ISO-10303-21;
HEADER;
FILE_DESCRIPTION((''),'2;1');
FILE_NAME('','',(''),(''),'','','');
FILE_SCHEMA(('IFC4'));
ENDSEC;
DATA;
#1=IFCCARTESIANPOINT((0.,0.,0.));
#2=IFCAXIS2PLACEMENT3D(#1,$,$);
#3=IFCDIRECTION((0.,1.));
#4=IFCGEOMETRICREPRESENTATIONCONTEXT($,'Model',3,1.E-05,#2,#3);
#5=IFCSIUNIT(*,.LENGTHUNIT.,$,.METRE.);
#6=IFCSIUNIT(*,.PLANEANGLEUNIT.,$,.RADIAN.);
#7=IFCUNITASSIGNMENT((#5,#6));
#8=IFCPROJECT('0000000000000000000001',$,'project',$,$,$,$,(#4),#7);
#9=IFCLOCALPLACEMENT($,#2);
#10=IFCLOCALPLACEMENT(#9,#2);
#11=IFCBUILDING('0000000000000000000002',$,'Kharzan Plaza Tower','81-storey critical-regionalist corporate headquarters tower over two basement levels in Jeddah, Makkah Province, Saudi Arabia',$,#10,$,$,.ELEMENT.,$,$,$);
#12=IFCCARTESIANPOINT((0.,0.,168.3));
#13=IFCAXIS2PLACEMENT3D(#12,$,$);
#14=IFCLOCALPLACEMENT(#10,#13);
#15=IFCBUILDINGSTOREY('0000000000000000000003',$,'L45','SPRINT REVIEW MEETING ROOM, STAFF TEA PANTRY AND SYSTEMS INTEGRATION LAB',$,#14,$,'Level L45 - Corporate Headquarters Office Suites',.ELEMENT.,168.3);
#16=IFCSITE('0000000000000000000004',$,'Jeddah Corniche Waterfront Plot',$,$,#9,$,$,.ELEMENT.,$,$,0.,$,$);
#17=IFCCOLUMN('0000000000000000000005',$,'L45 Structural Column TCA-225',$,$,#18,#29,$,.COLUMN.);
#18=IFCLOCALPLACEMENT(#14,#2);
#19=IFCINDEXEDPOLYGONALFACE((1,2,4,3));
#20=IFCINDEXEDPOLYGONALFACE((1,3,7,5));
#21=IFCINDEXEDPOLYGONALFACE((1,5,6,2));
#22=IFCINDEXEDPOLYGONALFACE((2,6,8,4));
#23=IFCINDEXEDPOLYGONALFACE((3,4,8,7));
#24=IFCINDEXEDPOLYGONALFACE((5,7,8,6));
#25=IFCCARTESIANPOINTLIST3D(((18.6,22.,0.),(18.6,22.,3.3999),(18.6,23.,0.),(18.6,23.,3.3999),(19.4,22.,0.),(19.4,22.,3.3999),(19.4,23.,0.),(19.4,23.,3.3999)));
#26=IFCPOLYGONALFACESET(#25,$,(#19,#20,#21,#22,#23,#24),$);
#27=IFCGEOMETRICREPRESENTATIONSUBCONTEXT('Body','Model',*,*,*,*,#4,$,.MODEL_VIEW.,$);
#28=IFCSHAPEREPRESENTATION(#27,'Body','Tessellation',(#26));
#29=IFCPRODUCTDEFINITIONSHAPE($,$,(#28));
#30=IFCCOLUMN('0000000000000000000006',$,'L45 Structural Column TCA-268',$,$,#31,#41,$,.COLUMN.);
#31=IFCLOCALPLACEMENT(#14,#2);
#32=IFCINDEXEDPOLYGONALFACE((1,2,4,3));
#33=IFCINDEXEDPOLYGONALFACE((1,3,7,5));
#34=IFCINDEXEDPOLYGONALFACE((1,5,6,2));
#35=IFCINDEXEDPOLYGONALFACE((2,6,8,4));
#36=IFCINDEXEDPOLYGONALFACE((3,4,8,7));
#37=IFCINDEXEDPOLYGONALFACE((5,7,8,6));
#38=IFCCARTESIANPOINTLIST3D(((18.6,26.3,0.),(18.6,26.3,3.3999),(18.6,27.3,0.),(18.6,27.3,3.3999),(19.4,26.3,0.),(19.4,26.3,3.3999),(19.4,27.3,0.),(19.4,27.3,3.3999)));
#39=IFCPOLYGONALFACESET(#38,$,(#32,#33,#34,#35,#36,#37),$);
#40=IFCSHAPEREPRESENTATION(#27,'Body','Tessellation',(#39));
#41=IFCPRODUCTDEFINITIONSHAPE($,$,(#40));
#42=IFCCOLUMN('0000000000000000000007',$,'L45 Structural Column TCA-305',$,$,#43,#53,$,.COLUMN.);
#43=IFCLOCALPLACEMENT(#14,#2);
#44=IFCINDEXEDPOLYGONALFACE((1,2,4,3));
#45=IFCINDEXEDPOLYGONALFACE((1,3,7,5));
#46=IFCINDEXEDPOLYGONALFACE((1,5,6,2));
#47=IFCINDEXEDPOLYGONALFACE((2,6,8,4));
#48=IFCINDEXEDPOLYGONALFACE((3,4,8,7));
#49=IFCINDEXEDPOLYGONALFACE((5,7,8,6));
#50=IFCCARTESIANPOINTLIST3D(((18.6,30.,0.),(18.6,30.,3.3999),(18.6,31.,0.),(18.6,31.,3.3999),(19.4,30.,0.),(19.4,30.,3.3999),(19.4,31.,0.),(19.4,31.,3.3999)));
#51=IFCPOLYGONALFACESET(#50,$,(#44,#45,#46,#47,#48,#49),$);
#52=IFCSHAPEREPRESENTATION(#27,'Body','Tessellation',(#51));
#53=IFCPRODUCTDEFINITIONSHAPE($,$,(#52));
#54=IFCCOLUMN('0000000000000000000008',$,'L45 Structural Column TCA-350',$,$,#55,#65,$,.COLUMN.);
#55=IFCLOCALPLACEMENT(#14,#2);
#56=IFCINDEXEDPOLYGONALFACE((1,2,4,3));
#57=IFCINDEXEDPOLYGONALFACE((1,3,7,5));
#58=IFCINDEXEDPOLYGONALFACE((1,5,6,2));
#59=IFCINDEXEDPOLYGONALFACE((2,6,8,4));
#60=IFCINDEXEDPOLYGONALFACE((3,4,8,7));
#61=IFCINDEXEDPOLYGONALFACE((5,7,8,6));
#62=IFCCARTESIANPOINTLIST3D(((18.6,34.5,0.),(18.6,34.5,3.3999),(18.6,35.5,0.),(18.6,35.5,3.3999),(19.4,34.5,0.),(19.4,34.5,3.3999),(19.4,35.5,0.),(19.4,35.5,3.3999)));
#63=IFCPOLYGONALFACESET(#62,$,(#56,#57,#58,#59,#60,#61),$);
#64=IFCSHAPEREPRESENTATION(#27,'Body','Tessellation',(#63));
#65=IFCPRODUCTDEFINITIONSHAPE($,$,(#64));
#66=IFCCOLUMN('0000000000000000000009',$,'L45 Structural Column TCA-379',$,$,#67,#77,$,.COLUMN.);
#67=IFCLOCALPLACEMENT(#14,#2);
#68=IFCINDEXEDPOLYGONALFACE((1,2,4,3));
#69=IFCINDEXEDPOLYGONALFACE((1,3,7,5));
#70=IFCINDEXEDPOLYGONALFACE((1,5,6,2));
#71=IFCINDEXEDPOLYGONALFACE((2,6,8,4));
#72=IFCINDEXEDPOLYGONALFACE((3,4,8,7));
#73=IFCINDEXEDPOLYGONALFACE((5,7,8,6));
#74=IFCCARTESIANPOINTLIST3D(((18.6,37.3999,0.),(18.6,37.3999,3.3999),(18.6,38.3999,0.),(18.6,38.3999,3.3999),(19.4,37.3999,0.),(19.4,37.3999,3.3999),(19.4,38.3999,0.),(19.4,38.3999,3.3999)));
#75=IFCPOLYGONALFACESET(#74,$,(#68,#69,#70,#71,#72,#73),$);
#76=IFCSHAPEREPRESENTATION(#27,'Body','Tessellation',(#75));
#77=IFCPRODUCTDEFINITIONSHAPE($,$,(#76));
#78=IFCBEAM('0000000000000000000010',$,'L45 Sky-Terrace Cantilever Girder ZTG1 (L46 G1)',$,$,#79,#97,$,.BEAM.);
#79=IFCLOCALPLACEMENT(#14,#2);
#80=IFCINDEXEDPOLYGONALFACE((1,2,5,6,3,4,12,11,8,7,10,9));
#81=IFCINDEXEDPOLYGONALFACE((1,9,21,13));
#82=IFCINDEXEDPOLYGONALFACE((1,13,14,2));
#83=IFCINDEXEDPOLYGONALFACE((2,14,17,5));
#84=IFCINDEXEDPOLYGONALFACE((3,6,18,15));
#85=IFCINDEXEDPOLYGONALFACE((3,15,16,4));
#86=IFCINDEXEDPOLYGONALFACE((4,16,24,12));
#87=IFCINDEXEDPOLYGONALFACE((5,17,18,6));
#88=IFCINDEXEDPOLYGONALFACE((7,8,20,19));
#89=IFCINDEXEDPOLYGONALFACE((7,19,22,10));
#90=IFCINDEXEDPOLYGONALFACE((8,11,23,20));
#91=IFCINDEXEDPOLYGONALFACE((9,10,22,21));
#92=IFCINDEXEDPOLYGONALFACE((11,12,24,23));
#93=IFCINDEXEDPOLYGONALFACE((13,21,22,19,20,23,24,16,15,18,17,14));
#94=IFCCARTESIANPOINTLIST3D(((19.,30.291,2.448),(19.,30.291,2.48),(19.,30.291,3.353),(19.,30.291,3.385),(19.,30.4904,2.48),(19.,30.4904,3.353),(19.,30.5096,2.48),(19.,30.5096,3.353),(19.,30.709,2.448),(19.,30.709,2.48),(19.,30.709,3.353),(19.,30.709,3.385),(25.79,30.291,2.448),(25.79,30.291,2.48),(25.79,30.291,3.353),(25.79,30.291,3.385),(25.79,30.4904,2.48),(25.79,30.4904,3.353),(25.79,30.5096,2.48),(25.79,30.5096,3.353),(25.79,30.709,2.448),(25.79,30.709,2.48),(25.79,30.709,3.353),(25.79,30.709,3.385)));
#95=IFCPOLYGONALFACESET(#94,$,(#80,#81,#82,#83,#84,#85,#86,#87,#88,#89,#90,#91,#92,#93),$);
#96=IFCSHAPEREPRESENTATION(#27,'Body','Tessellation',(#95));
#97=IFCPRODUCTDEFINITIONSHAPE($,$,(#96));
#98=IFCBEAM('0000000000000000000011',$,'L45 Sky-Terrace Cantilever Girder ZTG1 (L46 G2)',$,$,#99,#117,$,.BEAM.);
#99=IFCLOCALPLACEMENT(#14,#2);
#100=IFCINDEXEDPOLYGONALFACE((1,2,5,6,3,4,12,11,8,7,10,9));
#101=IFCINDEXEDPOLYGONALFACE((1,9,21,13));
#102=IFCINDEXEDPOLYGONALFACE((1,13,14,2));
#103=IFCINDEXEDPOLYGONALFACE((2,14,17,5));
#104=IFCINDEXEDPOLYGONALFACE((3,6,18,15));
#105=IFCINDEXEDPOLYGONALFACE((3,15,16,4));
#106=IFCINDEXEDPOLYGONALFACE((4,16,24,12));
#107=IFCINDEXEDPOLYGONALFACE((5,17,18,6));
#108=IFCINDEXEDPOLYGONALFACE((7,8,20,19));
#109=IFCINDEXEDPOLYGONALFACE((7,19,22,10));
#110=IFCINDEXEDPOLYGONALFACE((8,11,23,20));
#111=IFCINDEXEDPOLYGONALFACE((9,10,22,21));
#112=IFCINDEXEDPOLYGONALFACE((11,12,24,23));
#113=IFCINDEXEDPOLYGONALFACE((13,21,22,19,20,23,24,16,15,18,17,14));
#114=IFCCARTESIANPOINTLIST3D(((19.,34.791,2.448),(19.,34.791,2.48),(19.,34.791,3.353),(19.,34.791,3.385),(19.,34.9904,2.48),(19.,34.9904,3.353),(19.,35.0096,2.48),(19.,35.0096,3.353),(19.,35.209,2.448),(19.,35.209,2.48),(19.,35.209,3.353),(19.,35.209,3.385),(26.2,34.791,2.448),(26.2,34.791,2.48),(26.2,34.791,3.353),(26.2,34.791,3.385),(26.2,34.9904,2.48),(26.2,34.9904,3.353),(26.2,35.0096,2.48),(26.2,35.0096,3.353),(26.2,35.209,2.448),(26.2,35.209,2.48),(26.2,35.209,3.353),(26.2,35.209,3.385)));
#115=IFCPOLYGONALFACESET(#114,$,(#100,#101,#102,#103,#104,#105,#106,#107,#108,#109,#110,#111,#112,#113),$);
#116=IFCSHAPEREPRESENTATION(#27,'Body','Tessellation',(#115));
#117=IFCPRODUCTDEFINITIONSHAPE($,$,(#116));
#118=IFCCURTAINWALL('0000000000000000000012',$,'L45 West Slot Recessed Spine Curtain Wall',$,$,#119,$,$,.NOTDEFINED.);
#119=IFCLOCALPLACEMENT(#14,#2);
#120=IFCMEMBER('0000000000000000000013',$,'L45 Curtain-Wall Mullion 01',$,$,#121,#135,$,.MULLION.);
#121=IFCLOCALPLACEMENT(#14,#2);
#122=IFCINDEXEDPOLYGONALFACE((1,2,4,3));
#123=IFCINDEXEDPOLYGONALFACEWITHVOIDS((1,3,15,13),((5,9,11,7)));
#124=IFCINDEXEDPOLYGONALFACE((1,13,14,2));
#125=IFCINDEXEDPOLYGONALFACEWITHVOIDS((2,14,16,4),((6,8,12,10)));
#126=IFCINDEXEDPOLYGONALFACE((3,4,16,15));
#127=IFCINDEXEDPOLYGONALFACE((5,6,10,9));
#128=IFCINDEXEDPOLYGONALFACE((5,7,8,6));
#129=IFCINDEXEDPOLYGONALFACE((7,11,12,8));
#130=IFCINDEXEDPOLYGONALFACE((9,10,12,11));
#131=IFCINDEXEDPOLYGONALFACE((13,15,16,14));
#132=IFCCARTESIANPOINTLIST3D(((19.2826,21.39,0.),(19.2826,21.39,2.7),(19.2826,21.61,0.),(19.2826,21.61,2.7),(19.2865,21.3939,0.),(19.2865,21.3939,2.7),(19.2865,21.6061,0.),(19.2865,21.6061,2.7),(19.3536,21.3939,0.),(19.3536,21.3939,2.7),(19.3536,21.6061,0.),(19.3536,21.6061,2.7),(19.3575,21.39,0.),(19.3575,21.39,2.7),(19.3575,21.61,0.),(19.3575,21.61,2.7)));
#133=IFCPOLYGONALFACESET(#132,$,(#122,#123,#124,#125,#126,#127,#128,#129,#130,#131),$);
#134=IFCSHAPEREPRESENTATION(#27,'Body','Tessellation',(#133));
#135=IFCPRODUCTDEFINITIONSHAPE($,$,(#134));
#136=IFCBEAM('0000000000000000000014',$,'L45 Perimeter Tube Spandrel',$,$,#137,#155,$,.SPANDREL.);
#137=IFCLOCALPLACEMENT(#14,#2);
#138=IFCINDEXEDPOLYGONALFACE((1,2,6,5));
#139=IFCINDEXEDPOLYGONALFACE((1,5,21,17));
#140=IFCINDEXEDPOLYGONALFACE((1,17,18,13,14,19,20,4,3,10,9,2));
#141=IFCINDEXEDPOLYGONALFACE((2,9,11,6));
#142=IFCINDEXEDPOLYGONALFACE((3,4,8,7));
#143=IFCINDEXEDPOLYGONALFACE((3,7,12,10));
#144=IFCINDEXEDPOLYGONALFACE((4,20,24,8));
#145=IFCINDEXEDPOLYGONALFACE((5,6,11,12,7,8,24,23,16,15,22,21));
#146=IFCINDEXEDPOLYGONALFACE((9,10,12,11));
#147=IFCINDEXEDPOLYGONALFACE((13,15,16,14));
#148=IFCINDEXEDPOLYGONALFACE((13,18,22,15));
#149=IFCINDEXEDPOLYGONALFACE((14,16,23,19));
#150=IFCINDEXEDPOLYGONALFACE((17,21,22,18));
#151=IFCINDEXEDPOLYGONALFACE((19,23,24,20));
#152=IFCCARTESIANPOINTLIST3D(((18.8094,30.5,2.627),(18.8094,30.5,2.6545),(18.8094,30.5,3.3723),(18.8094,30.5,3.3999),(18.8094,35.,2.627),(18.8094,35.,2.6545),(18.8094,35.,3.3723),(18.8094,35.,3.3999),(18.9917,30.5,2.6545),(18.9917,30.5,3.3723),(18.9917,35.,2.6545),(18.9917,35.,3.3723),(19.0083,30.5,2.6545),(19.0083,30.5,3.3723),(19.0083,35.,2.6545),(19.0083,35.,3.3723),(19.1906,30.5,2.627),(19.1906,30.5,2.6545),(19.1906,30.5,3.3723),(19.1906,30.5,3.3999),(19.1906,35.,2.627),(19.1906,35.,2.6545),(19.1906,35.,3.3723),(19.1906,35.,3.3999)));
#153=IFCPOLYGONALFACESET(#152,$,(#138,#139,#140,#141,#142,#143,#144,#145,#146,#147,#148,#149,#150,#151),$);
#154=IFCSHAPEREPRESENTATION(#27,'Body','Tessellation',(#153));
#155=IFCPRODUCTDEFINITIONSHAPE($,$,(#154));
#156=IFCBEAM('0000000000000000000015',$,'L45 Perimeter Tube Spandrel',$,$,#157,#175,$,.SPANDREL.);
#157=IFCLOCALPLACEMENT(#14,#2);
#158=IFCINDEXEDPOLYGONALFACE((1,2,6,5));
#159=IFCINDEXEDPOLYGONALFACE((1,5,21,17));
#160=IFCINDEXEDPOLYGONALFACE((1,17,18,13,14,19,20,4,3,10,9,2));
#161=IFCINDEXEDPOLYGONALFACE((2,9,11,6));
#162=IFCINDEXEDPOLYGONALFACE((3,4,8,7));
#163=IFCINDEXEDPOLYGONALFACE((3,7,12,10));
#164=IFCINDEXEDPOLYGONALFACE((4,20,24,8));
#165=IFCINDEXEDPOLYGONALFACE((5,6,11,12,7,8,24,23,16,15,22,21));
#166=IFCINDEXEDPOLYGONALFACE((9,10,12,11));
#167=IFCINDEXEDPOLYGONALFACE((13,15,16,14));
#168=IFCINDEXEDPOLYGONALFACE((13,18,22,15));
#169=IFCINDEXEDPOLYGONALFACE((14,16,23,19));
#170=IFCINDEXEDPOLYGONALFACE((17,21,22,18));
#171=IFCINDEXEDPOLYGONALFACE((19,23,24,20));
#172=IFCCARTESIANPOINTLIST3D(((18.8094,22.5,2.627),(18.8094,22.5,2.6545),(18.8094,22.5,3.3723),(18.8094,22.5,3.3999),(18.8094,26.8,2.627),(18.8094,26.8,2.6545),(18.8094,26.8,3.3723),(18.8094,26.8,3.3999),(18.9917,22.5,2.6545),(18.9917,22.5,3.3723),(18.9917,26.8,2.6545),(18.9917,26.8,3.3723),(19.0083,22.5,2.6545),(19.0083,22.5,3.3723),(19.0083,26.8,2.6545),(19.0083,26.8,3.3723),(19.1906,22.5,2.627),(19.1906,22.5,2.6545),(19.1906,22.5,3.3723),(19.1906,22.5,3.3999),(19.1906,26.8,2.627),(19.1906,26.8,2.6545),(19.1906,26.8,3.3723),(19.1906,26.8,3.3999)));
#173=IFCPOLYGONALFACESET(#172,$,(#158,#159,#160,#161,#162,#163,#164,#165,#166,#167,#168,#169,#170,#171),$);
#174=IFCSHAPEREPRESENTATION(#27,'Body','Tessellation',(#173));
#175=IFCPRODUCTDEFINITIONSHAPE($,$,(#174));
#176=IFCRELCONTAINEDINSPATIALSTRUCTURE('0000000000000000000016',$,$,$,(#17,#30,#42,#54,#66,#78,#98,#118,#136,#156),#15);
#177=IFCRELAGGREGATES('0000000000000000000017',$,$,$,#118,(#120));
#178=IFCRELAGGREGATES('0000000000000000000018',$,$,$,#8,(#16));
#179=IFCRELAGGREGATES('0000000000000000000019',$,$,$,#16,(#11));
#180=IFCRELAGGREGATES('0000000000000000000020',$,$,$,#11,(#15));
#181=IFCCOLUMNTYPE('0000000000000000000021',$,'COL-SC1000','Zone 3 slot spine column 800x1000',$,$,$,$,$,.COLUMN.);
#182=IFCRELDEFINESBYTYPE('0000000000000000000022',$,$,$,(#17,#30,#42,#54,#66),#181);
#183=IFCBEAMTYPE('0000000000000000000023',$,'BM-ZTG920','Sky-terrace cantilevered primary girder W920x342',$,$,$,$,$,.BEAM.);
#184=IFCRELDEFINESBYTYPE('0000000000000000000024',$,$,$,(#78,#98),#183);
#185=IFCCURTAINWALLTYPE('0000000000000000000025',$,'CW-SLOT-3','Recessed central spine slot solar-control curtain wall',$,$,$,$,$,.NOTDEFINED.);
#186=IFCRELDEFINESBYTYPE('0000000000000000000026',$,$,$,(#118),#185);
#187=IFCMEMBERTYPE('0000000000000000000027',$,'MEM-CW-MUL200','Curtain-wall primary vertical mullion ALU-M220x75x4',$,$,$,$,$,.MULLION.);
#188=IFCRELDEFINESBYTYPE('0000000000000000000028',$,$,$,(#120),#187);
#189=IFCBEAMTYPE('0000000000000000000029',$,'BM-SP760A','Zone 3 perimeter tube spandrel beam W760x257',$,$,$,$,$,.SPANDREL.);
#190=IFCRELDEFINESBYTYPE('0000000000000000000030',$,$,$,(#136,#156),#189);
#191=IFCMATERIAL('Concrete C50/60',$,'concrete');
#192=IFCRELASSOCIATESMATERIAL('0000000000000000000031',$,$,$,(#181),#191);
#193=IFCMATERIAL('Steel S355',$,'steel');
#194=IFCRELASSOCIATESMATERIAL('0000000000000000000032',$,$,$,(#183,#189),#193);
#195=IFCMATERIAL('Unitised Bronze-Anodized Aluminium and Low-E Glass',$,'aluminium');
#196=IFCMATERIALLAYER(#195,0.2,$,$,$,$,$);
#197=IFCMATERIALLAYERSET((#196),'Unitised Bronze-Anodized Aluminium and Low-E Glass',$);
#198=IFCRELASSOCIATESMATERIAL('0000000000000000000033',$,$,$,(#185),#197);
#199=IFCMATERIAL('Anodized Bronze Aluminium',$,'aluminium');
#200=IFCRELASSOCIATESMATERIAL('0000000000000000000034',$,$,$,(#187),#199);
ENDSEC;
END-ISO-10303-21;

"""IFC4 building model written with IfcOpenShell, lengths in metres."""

from ifc_helpers import new_model, si_unit, direction, frame, origin, origin_2d, place, context, subcontext, project, spatial, rectangle, hollow_rectangle, i_section, extrude, source, transform, mapped, material, layer, layer_set, material_profile, profile_set, type_object, element, aggregate, save


model = new_model("IFC4")

# Units and contexts
model_context = context("Model", 3, precision=1e-05, world=origin(), true_north=direction((0.0, 1.0)))
body_context = subcontext(model_context, "Body", "Model", "MODEL_VIEW")
ifc_project = project(units=[si_unit("LENGTHUNIT", "METRE"), si_unit("PLANEANGLEUNIT", "RADIAN")], contexts=[model_context])

# Site, building, storey
site_placement = place(None, origin())
site = spatial("IfcSite", under=ifc_project, at=site_placement, Name="Jeddah Corniche Waterfront Plot", CompositionType="ELEMENT", RefElevation=0.0)
building_placement = place(site_placement, origin())
building = spatial("IfcBuilding", under=site, at=building_placement, Name="Kharzan Plaza Tower", Description="81-storey critical-regionalist corporate headquarters tower over two basement levels in Jeddah, Makkah Province, Saudi Arabia", CompositionType="ELEMENT")
storey_placement = place(building_placement, frame((0.0, 0.0, 168.3)))
storey = spatial("IfcBuildingStorey", under=building, at=storey_placement, Name="L45", Description="SPRINT REVIEW MEETING ROOM, STAFF TEA PANTRY AND SYSTEMS INTEGRATION LAB", LongName="Level L45 - Corporate Headquarters Office Suites", CompositionType="ELEMENT", Elevation=168.3)

# Columns
ifc_material_1 = material(Name="Concrete C50/60", Category="concrete")
ifc_material_profile_1 = material_profile(ifc_material_1, rectangle(XDim=0.8, YDim=1.0, at=origin_2d()), Name="RC-SC1000x800")
ifc_profile_set_1 = profile_set([ifc_material_profile_1], Name="Concrete C50/60")
column_type = type_object("IfcColumnType", Name="COL-SC1000", Description="Zone 3 slot spine column 800x1000", PredefinedType="COLUMN", material=ifc_profile_set_1)
shared_shape_1 = source(origin(), body_context, "Body", "SweptSolid", [
    extrude(rectangle(XDim=0.8, YDim=1.0, at=origin_2d()), origin(), (0.0, 0.0, 1.0), 3.3999),
])
for number, where, z_axis, x_axis, name in (
    (1, (19.0, 22.5, 0.0), (0.0, 0.0, 1.0), (1.0, 0.0, 0.0), "L45 Structural Column TCA-225"),
    (2, (19.0, 26.8, 0.0), (0.0, 0.0, 1.0), (1.0, 0.0, 0.0), "L45 Structural Column TCA-268"),
    (3, (19.0, 30.5, 0.0), (0.0, 0.0, 1.0), (1.0, 0.0, 0.0), "L45 Structural Column TCA-305"),
    (4, (19.0, 35.0, 0.0), (0.0, 0.0, 1.0), (1.0, 0.0, 0.0), "L45 Structural Column TCA-350"),
    (5, (19.0, 37.8999, 0.0), (0.0, 0.0, 1.0), (1.0, 0.0, 0.0), "L45 Structural Column TCA-379"),
):
    element("IfcColumn", number, at=place(storey_placement, frame(where, z_axis=z_axis, x_axis=x_axis)), inside=storey, type_object=column_type, Name=name, PredefinedType="COLUMN", context=body_context, shape_type="MappedRepresentation", body=[
        mapped(shared_shape_1, transform((0.0, 0.0, 0.0), x_axis=(1.0, 0.0, 0.0), y_axis=(0.0, 1.0, 0.0), z_axis=(0.0, 0.0, 1.0))),
    ])

# Beams
ifc_material_2 = material(Name="Steel S355", Category="steel")
ifc_material_profile_2 = material_profile(ifc_material_2, i_section(OverallWidth=0.418, OverallDepth=0.937, WebThickness=0.0193, FlangeThickness=0.032, at=origin_2d()), Name="W920x342")
ifc_profile_set_2 = profile_set([ifc_material_profile_2], Name="Steel S355")
beam_type_1 = type_object("IfcBeamType", Name="BM-ZTG920", Description="Sky-terrace cantilevered primary girder W920x342", PredefinedType="BEAM", material=ifc_profile_set_2)
shared_shape_2 = source(origin(), body_context, "Body", "SweptSolid", [
    extrude(i_section(OverallWidth=0.418, OverallDepth=0.937, WebThickness=0.0193, FlangeThickness=0.032, at=origin_2d()), origin(), (0.0, 0.0, 1.0), 6.79),
])
beam_1_placement = place(storey_placement, frame((19.0, 30.5, 2.9165), z_axis=(1.0, 0.0, 0.0), x_axis=(0.0, 1.0, 0.0)))
element("IfcBeam", 6, at=beam_1_placement, inside=storey, type_object=beam_type_1, Name="L45 Sky-Terrace Cantilever Girder ZTG1 (L46 G1)", PredefinedType="BEAM", context=body_context, shape_type="MappedRepresentation", body=[
    mapped(shared_shape_2, transform((0.0, 0.0, 0.0), x_axis=(1.0, 0.0, 0.0), y_axis=(0.0, 1.0, 0.0), z_axis=(0.0, 0.0, 1.0))),
])
shared_shape_3 = source(origin(), body_context, "Body", "SweptSolid", [
    extrude(i_section(OverallWidth=0.418, OverallDepth=0.937, WebThickness=0.0193, FlangeThickness=0.032, at=origin_2d()), origin(), (0.0, 0.0, 1.0), 7.2),
])
beam_2_placement = place(storey_placement, frame((19.0, 35.0, 2.9165), z_axis=(1.0, 0.0, 0.0), x_axis=(0.0, 1.0, 0.0)))
element("IfcBeam", 7, at=beam_2_placement, inside=storey, type_object=beam_type_1, Name="L45 Sky-Terrace Cantilever Girder ZTG1 (L46 G2)", PredefinedType="BEAM", context=body_context, shape_type="MappedRepresentation", body=[
    mapped(shared_shape_3, transform((0.0, 0.0, 0.0), x_axis=(1.0, 0.0, 0.0), y_axis=(0.0, 1.0, 0.0), z_axis=(0.0, 0.0, 1.0))),
])

# Curtain wall, member
ifc_material_3 = material(Name="Unitised Bronze-Anodized Aluminium and Low-E Glass", Category="aluminium")
ifc_layer_1 = layer(ifc_material_3, 0.2)
ifc_layer_set_1 = layer_set([ifc_layer_1], Name="Unitised Bronze-Anodized Aluminium and Low-E Glass")
curtain_wall_type = type_object("IfcCurtainWallType", Name="CW-SLOT-3", Description="Recessed central spine slot solar-control curtain wall", PredefinedType="NOTDEFINED", material=ifc_layer_set_1)
curtain_wall_placement = place(storey_placement, origin())
curtain_wall = element("IfcCurtainWall", 8, at=curtain_wall_placement, inside=storey, type_object=curtain_wall_type, Name="L45 West Slot Recessed Spine Curtain Wall", PredefinedType="NOTDEFINED")
ifc_material_4 = material(Name="Anodized Bronze Aluminium", Category="aluminium")
ifc_material_profile_3 = material_profile(ifc_material_4, hollow_rectangle(XDim=0.075, YDim=0.22, WallThickness=0.0039, at=origin_2d()), Name="ALU-M220x75x4")
ifc_profile_set_3 = profile_set([ifc_material_profile_3], Name="Anodized Bronze Aluminium")
member_type = type_object("IfcMemberType", Name="MEM-CW-MUL200", Description="Curtain-wall primary vertical mullion ALU-M220x75x4", PredefinedType="MULLION", material=ifc_profile_set_3)
shared_shape_4 = source(origin(), body_context, "Body", "SweptSolid", [
    extrude(hollow_rectangle(XDim=0.075, YDim=0.22, WallThickness=0.0039, at=origin_2d()), origin(), (0.0, 0.0, 1.0), 2.7),
])
member_placement = place(storey_placement, frame((19.3201, 21.5, 0.0), z_axis=(0.0, 0.0, 1.0), x_axis=(1.0, 0.0, 0.0)))
member = element("IfcMember", 9, at=member_placement, type_object=member_type, Name="L45 Curtain-Wall Mullion 01", PredefinedType="MULLION", context=body_context, shape_type="MappedRepresentation", body=[
    mapped(shared_shape_4, transform((0.0, 0.0, 0.0), x_axis=(1.0, 0.0, 0.0), y_axis=(0.0, 1.0, 0.0), z_axis=(0.0, 0.0, 1.0))),
])

# Beams
ifc_material_profile_4 = material_profile(ifc_material_2, i_section(OverallWidth=0.3811, OverallDepth=0.7729, WebThickness=0.0166, FlangeThickness=0.0276, at=origin_2d()), Name="W760x257")
ifc_profile_set_4 = profile_set([ifc_material_profile_4], Name="Steel S355")
beam_type_2 = type_object("IfcBeamType", Name="BM-SP760A", Description="Zone 3 perimeter tube spandrel beam W760x257", PredefinedType="SPANDREL", material=ifc_profile_set_4)
shared_shape_5 = source(origin(), body_context, "Body", "SweptSolid", [
    extrude(i_section(OverallWidth=0.3811, OverallDepth=0.7729, WebThickness=0.0166, FlangeThickness=0.0276, at=origin_2d()), origin(), (0.0, 0.0, 1.0), 4.5),
])
beam_3_placement = place(storey_placement, frame((19.0, 30.5, 3.0134), z_axis=(0.0, 1.0, 0.0), x_axis=(-1.0, 0.0, 0.0)))
element("IfcBeam", 10, at=beam_3_placement, inside=storey, type_object=beam_type_2, Name="L45 Perimeter Tube Spandrel", PredefinedType="SPANDREL", context=body_context, shape_type="MappedRepresentation", body=[
    mapped(shared_shape_5, transform((0.0, 0.0, 0.0), x_axis=(1.0, 0.0, 0.0), y_axis=(0.0, 1.0, 0.0), z_axis=(0.0, 0.0, 1.0))),
])
shared_shape_6 = source(origin(), body_context, "Body", "SweptSolid", [
    extrude(i_section(OverallWidth=0.3811, OverallDepth=0.7729, WebThickness=0.0166, FlangeThickness=0.0276, at=origin_2d()), origin(), (0.0, 0.0, 1.0), 4.3),
])
beam_4_placement = place(storey_placement, frame((19.0, 22.5, 3.0134), z_axis=(0.0, 1.0, 0.0), x_axis=(-1.0, 0.0, 0.0)))
element("IfcBeam", 11, at=beam_4_placement, inside=storey, type_object=beam_type_2, Name="L45 Perimeter Tube Spandrel", PredefinedType="SPANDREL", context=body_context, shape_type="MappedRepresentation", body=[
    mapped(shared_shape_6, transform((0.0, 0.0, 0.0), x_axis=(1.0, 0.0, 0.0), y_axis=(0.0, 1.0, 0.0), z_axis=(0.0, 0.0, 1.0))),
])

aggregate(curtain_wall, [member])

save(model, "model.ifc")
